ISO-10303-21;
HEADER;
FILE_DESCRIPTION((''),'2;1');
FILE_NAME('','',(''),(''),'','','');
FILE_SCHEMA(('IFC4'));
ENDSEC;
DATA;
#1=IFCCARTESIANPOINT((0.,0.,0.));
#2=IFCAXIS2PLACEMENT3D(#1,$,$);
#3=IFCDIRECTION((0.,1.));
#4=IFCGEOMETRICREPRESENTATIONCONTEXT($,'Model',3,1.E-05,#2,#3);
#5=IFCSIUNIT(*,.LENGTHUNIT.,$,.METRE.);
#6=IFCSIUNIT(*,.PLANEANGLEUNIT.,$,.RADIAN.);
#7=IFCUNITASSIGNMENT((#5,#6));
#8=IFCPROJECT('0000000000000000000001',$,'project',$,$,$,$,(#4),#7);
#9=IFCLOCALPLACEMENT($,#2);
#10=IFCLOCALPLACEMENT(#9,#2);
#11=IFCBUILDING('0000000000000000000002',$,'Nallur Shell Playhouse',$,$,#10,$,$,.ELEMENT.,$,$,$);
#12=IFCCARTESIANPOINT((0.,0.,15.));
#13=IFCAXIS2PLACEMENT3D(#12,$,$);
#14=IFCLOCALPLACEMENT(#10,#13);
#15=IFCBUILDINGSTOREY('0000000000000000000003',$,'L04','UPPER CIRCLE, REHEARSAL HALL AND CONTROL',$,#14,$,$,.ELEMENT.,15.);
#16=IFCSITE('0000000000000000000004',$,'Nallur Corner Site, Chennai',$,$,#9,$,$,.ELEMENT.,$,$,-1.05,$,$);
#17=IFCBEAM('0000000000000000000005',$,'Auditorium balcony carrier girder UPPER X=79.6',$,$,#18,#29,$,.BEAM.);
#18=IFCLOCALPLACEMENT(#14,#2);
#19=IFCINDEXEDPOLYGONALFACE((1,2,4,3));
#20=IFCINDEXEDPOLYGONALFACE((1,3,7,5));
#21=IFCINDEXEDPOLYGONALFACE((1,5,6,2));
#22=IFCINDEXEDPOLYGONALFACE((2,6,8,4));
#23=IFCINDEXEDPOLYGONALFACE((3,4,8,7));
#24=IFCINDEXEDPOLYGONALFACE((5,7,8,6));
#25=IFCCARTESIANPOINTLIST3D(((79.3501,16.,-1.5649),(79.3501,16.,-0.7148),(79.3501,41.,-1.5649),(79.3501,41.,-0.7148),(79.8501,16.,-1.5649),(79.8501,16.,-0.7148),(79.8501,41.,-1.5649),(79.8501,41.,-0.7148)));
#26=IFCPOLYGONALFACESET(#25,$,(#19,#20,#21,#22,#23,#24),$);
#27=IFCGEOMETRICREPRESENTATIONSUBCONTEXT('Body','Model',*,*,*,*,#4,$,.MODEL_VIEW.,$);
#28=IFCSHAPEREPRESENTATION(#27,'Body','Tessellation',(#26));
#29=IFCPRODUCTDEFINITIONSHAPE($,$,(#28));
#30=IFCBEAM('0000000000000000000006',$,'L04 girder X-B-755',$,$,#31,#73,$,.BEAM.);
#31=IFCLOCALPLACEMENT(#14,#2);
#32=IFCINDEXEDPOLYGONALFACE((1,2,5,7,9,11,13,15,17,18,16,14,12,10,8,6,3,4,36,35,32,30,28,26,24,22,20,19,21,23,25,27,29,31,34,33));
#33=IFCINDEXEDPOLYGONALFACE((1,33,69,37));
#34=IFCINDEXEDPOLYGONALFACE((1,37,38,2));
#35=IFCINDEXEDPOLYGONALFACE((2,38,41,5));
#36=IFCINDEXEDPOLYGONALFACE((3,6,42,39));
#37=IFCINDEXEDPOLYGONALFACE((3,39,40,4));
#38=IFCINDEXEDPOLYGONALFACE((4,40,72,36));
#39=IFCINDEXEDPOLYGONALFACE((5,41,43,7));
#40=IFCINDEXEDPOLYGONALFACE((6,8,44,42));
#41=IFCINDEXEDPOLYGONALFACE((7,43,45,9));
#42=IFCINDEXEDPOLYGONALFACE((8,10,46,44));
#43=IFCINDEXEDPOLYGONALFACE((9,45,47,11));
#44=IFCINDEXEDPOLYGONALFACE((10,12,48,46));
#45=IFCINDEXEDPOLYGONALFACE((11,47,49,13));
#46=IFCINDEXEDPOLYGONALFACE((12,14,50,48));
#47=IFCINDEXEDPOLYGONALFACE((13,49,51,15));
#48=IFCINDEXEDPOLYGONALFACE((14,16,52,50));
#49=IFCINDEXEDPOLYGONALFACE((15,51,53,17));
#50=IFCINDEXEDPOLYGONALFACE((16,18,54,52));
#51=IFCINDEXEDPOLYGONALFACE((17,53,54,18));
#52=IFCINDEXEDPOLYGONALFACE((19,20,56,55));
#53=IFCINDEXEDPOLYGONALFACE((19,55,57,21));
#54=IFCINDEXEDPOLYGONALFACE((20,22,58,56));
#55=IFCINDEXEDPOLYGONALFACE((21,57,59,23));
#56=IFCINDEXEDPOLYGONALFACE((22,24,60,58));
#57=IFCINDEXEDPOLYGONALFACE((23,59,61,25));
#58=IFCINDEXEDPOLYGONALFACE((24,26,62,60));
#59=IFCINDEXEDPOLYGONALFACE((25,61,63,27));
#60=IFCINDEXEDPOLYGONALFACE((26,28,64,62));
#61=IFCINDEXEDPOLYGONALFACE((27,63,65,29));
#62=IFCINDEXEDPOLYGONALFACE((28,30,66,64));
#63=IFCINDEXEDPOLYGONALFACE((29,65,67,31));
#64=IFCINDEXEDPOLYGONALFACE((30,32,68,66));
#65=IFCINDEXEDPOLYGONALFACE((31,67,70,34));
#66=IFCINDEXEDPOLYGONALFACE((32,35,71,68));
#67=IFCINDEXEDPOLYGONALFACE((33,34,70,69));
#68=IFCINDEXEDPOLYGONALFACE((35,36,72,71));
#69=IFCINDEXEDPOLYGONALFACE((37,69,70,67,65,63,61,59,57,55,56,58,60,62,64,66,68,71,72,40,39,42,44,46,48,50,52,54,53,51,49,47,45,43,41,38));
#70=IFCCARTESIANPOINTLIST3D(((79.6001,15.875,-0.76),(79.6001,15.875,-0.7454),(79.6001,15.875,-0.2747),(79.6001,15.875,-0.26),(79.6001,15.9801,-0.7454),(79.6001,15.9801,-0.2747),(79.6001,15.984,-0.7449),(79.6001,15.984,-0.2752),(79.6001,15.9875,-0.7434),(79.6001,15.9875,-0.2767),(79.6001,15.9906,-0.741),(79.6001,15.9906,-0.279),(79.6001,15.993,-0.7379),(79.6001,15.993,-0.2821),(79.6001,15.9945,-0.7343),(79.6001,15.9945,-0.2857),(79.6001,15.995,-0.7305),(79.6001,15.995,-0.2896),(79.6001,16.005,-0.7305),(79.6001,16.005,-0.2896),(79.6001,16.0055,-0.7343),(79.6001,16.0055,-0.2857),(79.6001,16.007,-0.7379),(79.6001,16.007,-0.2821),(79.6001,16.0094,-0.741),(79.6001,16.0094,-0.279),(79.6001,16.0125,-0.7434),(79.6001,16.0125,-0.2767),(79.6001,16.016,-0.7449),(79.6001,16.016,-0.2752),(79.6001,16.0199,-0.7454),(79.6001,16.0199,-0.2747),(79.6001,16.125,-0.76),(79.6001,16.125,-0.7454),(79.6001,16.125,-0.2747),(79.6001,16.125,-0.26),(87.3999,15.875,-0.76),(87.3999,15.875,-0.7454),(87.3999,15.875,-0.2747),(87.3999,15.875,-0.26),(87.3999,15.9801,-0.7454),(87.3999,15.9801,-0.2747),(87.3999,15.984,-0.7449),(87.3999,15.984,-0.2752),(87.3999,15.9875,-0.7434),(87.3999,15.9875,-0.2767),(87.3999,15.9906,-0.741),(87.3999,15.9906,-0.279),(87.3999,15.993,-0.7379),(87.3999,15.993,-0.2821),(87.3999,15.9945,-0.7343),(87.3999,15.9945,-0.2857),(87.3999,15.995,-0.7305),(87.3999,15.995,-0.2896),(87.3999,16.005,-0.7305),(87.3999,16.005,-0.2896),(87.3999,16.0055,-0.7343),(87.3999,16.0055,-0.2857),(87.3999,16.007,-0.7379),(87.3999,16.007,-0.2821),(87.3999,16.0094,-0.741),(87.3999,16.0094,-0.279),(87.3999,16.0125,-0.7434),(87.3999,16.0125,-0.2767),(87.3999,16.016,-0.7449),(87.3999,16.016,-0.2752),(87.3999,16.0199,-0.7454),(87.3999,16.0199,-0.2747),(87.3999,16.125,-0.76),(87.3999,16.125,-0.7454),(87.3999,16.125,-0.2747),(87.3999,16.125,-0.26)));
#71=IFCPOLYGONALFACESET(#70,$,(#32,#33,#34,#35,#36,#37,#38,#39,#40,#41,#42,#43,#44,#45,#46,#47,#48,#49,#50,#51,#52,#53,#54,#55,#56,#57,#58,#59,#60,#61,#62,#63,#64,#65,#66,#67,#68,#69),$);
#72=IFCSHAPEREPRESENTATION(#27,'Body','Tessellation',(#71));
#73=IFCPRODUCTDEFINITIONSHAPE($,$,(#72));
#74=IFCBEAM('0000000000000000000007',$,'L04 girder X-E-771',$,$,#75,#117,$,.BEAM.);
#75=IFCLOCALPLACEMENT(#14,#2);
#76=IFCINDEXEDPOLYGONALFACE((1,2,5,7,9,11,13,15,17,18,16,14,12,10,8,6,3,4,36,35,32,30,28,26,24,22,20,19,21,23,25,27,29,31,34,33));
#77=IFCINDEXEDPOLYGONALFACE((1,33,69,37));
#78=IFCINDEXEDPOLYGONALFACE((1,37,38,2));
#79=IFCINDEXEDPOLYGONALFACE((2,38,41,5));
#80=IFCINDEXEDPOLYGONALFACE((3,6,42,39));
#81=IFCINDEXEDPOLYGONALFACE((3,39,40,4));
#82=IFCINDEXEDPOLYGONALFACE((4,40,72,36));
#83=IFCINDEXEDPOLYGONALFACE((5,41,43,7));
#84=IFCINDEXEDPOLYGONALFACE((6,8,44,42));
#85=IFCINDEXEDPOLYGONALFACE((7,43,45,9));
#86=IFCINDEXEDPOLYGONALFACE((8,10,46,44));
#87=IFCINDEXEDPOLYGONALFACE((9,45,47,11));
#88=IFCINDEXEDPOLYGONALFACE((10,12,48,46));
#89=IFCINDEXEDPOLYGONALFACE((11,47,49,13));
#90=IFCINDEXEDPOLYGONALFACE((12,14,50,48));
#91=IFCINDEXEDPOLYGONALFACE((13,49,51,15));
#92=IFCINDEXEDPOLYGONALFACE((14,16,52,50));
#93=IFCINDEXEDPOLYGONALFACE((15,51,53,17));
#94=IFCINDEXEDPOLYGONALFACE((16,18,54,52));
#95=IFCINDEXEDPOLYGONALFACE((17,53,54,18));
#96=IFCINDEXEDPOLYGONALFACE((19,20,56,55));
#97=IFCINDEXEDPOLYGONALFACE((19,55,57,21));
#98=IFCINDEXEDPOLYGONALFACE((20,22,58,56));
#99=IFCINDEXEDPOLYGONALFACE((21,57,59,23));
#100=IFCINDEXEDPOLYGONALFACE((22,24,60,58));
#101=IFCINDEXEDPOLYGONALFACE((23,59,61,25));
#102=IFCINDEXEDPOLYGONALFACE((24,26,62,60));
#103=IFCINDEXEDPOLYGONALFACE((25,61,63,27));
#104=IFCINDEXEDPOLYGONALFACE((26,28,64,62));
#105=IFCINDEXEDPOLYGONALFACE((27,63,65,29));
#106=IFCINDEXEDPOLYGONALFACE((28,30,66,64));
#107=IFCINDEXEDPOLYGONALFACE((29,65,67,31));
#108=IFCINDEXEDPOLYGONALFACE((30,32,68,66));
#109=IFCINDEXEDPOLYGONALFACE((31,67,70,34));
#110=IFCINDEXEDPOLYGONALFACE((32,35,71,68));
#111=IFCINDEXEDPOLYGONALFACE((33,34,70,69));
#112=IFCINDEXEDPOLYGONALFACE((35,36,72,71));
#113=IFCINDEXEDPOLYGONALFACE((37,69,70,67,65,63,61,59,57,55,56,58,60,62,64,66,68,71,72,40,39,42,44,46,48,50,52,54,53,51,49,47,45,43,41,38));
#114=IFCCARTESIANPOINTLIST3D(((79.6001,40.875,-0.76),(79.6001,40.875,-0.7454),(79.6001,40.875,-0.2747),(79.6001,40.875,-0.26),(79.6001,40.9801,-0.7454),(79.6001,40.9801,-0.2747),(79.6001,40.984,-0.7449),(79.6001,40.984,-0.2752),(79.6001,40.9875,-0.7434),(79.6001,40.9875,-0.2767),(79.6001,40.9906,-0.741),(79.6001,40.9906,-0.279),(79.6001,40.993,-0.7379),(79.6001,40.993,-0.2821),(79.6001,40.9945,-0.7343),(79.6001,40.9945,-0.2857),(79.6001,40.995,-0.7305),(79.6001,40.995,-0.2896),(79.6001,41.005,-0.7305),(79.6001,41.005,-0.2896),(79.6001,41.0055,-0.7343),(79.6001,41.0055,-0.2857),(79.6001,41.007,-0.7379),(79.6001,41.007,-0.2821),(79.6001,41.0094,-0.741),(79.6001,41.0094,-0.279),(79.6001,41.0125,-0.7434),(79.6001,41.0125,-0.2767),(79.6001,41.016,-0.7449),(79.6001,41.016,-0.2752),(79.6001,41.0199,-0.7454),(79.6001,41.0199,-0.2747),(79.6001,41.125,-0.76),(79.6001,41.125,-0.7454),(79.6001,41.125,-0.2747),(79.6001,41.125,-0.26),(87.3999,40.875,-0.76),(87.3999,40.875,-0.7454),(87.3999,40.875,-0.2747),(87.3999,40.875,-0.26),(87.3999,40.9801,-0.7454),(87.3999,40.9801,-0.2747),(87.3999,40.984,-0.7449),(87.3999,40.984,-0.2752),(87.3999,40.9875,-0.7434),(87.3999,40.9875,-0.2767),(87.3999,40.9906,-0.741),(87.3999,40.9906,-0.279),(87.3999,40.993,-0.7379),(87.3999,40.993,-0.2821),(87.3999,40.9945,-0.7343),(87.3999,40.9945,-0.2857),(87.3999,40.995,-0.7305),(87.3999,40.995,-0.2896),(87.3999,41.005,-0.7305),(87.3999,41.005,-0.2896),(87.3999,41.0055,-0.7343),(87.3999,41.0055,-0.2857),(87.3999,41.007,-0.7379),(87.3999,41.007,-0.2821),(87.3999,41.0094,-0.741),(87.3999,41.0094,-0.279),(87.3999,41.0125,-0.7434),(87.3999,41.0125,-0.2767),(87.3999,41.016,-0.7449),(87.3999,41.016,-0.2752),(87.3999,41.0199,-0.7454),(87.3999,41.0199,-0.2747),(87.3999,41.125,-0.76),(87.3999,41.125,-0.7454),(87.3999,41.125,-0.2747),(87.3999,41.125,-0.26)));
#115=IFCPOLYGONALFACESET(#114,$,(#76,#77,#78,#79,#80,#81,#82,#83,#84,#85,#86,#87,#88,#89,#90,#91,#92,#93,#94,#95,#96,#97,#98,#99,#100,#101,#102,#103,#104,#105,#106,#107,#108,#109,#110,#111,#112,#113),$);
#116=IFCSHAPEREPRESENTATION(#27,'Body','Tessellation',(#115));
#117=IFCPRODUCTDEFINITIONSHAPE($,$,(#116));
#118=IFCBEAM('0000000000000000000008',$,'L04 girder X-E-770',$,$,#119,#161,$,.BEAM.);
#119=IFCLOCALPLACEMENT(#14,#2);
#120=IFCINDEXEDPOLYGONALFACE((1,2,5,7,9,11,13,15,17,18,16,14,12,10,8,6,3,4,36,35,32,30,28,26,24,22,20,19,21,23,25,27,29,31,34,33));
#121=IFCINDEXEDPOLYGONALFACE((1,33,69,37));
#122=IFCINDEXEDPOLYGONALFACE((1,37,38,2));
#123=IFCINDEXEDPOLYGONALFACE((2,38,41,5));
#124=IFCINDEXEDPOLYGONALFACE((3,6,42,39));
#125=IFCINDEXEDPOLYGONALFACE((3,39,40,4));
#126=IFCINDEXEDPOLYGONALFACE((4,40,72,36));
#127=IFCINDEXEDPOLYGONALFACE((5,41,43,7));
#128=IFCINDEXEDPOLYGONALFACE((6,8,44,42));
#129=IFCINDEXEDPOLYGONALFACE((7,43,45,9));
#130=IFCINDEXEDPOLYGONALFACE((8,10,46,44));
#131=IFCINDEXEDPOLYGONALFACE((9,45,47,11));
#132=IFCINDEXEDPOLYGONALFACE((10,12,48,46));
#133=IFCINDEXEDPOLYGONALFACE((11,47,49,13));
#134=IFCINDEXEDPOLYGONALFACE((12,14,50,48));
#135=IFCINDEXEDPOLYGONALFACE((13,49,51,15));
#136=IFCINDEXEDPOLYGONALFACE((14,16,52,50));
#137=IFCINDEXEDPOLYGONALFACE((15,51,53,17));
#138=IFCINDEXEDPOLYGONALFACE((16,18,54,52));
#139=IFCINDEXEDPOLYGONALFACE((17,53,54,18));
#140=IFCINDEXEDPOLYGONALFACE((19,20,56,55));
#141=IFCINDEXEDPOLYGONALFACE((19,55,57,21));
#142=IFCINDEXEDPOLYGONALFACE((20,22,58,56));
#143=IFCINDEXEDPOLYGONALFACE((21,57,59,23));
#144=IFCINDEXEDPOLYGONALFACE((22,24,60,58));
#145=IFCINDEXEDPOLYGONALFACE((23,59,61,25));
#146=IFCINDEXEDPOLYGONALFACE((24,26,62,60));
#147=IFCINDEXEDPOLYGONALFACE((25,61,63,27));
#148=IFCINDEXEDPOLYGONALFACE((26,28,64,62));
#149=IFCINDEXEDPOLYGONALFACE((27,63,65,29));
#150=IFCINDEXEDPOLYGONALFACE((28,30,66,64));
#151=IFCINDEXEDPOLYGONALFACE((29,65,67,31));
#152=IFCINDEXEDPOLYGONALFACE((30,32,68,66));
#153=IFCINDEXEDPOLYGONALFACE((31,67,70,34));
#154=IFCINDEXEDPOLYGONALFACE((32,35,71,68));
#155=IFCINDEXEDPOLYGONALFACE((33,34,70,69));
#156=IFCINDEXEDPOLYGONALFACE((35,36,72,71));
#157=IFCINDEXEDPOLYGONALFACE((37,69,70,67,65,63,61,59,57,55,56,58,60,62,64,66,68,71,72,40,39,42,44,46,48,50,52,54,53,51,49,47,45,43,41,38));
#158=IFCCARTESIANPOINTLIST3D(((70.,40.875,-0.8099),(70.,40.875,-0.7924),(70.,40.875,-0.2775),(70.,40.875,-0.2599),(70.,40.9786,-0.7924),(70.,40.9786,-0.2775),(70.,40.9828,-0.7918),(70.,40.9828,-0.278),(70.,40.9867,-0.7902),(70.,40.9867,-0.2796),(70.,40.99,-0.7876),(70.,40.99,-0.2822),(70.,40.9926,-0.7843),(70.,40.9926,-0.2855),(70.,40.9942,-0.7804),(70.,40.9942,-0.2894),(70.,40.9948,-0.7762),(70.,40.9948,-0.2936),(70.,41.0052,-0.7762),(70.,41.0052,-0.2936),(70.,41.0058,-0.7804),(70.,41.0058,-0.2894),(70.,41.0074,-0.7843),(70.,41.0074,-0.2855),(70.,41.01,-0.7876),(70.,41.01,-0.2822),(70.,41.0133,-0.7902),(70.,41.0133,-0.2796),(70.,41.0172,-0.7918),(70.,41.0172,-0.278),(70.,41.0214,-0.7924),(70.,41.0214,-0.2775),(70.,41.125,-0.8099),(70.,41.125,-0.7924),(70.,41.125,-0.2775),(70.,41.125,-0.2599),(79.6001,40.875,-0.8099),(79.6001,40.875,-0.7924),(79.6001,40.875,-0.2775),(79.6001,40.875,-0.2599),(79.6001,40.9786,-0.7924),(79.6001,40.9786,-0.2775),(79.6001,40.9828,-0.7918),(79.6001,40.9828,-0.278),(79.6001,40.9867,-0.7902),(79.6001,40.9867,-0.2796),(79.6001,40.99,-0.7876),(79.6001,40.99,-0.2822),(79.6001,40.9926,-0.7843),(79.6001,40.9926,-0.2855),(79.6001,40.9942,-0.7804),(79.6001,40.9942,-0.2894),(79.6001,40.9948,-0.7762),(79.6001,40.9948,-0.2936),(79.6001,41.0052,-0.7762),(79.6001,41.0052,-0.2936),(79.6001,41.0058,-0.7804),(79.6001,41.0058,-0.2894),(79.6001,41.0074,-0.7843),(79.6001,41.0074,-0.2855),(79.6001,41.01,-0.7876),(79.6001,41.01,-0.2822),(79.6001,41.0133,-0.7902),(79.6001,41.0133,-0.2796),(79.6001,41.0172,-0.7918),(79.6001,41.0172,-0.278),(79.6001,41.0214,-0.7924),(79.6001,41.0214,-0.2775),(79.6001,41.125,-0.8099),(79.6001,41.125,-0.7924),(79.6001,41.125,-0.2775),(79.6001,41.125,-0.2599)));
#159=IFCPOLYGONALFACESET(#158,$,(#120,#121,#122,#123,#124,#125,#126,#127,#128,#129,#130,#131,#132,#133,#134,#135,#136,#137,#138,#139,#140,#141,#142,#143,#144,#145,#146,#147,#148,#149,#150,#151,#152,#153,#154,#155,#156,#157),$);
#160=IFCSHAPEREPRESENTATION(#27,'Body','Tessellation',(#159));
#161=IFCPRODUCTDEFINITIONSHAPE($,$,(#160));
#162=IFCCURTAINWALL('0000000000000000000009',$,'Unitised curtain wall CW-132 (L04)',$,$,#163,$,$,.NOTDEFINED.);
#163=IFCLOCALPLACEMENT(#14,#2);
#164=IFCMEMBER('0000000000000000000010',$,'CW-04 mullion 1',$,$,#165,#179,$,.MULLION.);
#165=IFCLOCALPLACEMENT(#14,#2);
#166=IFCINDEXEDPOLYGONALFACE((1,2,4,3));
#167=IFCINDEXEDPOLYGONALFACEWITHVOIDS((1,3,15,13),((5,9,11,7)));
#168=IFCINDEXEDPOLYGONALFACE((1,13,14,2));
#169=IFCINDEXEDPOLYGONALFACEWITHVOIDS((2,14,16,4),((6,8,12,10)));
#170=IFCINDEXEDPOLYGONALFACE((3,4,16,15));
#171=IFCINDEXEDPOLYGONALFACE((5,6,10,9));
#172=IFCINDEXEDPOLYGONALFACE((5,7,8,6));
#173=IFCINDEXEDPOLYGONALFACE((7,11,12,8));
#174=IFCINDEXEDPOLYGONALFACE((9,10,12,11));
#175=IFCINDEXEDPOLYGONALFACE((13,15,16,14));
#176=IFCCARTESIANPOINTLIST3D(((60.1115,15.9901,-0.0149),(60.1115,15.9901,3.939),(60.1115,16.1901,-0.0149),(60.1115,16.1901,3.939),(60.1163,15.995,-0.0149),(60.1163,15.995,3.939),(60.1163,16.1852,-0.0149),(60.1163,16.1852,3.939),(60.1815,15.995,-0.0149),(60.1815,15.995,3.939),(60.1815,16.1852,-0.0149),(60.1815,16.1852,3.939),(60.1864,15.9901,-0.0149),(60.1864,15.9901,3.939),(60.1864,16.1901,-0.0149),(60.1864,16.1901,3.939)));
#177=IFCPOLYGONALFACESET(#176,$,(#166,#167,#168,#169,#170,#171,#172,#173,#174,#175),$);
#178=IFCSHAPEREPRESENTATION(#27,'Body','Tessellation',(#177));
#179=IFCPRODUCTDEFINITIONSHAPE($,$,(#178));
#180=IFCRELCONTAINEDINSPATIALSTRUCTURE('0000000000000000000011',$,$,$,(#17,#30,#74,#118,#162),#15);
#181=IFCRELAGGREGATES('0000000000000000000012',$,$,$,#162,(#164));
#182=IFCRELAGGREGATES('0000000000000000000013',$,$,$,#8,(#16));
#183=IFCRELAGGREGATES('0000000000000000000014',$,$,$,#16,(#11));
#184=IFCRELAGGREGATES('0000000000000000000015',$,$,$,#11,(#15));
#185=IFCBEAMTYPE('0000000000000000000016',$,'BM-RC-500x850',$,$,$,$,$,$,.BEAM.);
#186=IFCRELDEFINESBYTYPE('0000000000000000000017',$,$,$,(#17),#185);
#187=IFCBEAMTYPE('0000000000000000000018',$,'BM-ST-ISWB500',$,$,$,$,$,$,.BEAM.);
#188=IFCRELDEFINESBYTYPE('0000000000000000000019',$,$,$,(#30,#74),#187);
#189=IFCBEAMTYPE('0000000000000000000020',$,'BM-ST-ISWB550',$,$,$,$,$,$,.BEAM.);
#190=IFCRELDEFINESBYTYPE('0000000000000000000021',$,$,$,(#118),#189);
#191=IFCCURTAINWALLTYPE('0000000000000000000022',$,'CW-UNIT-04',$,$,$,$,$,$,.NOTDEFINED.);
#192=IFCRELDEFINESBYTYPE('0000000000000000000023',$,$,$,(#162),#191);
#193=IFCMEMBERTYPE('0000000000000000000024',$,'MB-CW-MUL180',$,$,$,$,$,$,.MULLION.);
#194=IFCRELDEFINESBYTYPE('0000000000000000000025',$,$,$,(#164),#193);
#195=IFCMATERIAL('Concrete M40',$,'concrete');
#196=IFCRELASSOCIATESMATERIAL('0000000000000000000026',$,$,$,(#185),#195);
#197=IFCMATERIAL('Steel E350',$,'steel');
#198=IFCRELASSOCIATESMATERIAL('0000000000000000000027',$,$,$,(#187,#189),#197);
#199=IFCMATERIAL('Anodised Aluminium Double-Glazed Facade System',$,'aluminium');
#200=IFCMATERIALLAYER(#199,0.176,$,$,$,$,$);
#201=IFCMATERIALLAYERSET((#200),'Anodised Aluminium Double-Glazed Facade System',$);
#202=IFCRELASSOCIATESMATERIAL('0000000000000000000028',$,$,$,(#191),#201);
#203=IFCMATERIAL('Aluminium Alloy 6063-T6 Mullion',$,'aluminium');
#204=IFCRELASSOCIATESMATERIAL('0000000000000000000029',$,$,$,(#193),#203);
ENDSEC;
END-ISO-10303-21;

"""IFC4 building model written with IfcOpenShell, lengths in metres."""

from ifc_helpers import new_model, si_unit, direction, frame, origin, origin_2d, place, context, subcontext, project, spatial, rectangle, hollow_rectangle, i_section, extrude, material, layer, layer_set, material_profile, profile_set, type_object, element, aggregate, save


model = new_model("IFC4")

# Units and contexts
model_context = context("Model", 3, precision=1e-05, world=origin(), true_north=direction((0.0, 1.0)))
body_context = subcontext(model_context, "Body", "Model", "MODEL_VIEW")
ifc_project = project(units=[si_unit("LENGTHUNIT", "METRE"), si_unit("PLANEANGLEUNIT", "RADIAN")], contexts=[model_context])

# Site, building, storey
site_placement = place(None, origin())
site = spatial("IfcSite", under=ifc_project, at=site_placement, Name="Nallur Corner Site, Chennai", CompositionType="ELEMENT", RefElevation=-1.05)
building_placement = place(site_placement, origin())
building = spatial("IfcBuilding", under=site, at=building_placement, Name="Nallur Shell Playhouse", CompositionType="ELEMENT")
storey_placement = place(building_placement, frame((0.0, 0.0, 15.0)))
storey = spatial("IfcBuildingStorey", under=building, at=storey_placement, Name="L04", Description="UPPER CIRCLE, REHEARSAL HALL AND CONTROL", CompositionType="ELEMENT", Elevation=15.0)

# Beams
ifc_material_1 = material(Name="Concrete M40", Category="concrete")
ifc_material_profile_1 = material_profile(ifc_material_1, rectangle(XDim=0.5, YDim=0.8501, at=origin_2d()), Name="RC 500x850")
ifc_profile_set_1 = profile_set([ifc_material_profile_1], Name="Concrete M40")
beam_type_1 = type_object("IfcBeamType", Name="BM-RC-500x850", PredefinedType="BEAM", material=ifc_profile_set_1)
beam_1_placement = place(storey_placement, frame((79.6001, 16.0, -1.1399), z_axis=(0.0, 1.0, 0.0), x_axis=(-1.0, 0.0, 0.0)))
element("IfcBeam", 1, at=beam_1_placement, inside=storey, type_object=beam_type_1, Name="Auditorium balcony carrier girder UPPER X=79.6", PredefinedType="BEAM", context=body_context, shape_type="SweptSolid", body=[
    extrude(rectangle(XDim=0.5, YDim=0.8501, at=origin_2d()), origin(), (0.0, 0.0, 1.0), 25.0),
])
ifc_material_2 = material(Name="Steel E350", Category="steel")
ifc_material_profile_2 = material_profile(ifc_material_2, i_section(OverallWidth=0.25, OverallDepth=0.5, WebThickness=0.01, FlangeThickness=0.0146, FilletRadius=0.0149, at=origin_2d()), Name="ISWB 500")
ifc_profile_set_2 = profile_set([ifc_material_profile_2], Name="Steel E350")
beam_type_2 = type_object("IfcBeamType", Name="BM-ST-ISWB500", PredefinedType="BEAM", material=ifc_profile_set_2)
for number, where, z_axis, x_axis, name in (
    (2, (79.6001, 16.0, -0.51), (1.0, 0.0, 0.0), (0.0, 1.0, 0.0), "L04 girder X-B-755"),
    (3, (79.6001, 41.0, -0.51), (1.0, 0.0, 0.0), (0.0, 1.0, 0.0), "L04 girder X-E-771"),
):
    element("IfcBeam", number, at=place(storey_placement, frame(where, z_axis=z_axis, x_axis=x_axis)), inside=storey, type_object=beam_type_2, Name=name, PredefinedType="BEAM", context=body_context, shape_type="SweptSolid", body=[
        extrude(i_section(OverallWidth=0.25, OverallDepth=0.5, WebThickness=0.01, FlangeThickness=0.0146, FilletRadius=0.0149, at=origin_2d()), origin(), (0.0, 0.0, 1.0), 7.7998),
    ])
ifc_material_profile_3 = material_profile(ifc_material_2, i_section(OverallWidth=0.25, OverallDepth=0.55, WebThickness=0.0105, FlangeThickness=0.0176, FilletRadius=0.0161, at=origin_2d()), Name="ISWB 550")
ifc_profile_set_3 = profile_set([ifc_material_profile_3], Name="Steel E350")
beam_type_3 = type_object("IfcBeamType", Name="BM-ST-ISWB550", PredefinedType="BEAM", material=ifc_profile_set_3)
beam_2_placement = place(storey_placement, frame((70.0, 41.0, -0.5349), z_axis=(1.0, 0.0, 0.0), x_axis=(0.0, 1.0, 0.0)))
element("IfcBeam", 4, at=beam_2_placement, inside=storey, type_object=beam_type_3, Name="L04 girder X-E-770", PredefinedType="BEAM", context=body_context, shape_type="SweptSolid", body=[
    extrude(i_section(OverallWidth=0.25, OverallDepth=0.55, WebThickness=0.0105, FlangeThickness=0.0176, FilletRadius=0.0161, at=origin_2d()), origin(), (0.0, 0.0, 1.0), 9.6001),
])

# Curtain wall, member
ifc_material_3 = material(Name="Anodised Aluminium Double-Glazed Facade System", Category="aluminium")
ifc_layer_1 = layer(ifc_material_3, 0.176)
ifc_layer_set_1 = layer_set([ifc_layer_1], Name="Anodised Aluminium Double-Glazed Facade System")
curtain_wall_type = type_object("IfcCurtainWallType", Name="CW-UNIT-04", PredefinedType="NOTDEFINED", material=ifc_layer_set_1)
curtain_wall_placement = place(storey_placement, origin())
curtain_wall = element("IfcCurtainWall", 5, at=curtain_wall_placement, inside=storey, type_object=curtain_wall_type, Name="Unitised curtain wall CW-132 (L04)", PredefinedType="NOTDEFINED")
ifc_material_4 = material(Name="Aluminium Alloy 6063-T6 Mullion", Category="aluminium")
ifc_material_profile_4 = material_profile(ifc_material_4, hollow_rectangle(XDim=0.075, YDim=0.2, WallThickness=0.0049, at=origin_2d()), Name="ALU 75x200x5")
ifc_profile_set_4 = profile_set([ifc_material_profile_4], Name="Aluminium Alloy 6063-T6 Mullion")
member_type_1 = type_object("IfcMemberType", Name="MB-CW-MUL180", PredefinedType="MULLION", material=ifc_profile_set_4)
member_1_placement = place(storey_placement, frame((60.1489, 16.0901, -0.0149), z_axis=(0.0, 0.0, 1.0), x_axis=(-1.0, 0.0, 0.0)))
member_1 = element("IfcMember", 6, at=member_1_placement, type_object=member_type_1, Name="CW-04 mullion 1", PredefinedType="MULLION", context=body_context, shape_type="SweptSolid", body=[
    extrude(hollow_rectangle(XDim=0.075, YDim=0.2, WallThickness=0.0049, at=origin_2d()), origin(), (0.0, 0.0, 1.0), 3.9539),
])
aggregate(curtain_wall, [member_1])

save(model, "model.ifc")
